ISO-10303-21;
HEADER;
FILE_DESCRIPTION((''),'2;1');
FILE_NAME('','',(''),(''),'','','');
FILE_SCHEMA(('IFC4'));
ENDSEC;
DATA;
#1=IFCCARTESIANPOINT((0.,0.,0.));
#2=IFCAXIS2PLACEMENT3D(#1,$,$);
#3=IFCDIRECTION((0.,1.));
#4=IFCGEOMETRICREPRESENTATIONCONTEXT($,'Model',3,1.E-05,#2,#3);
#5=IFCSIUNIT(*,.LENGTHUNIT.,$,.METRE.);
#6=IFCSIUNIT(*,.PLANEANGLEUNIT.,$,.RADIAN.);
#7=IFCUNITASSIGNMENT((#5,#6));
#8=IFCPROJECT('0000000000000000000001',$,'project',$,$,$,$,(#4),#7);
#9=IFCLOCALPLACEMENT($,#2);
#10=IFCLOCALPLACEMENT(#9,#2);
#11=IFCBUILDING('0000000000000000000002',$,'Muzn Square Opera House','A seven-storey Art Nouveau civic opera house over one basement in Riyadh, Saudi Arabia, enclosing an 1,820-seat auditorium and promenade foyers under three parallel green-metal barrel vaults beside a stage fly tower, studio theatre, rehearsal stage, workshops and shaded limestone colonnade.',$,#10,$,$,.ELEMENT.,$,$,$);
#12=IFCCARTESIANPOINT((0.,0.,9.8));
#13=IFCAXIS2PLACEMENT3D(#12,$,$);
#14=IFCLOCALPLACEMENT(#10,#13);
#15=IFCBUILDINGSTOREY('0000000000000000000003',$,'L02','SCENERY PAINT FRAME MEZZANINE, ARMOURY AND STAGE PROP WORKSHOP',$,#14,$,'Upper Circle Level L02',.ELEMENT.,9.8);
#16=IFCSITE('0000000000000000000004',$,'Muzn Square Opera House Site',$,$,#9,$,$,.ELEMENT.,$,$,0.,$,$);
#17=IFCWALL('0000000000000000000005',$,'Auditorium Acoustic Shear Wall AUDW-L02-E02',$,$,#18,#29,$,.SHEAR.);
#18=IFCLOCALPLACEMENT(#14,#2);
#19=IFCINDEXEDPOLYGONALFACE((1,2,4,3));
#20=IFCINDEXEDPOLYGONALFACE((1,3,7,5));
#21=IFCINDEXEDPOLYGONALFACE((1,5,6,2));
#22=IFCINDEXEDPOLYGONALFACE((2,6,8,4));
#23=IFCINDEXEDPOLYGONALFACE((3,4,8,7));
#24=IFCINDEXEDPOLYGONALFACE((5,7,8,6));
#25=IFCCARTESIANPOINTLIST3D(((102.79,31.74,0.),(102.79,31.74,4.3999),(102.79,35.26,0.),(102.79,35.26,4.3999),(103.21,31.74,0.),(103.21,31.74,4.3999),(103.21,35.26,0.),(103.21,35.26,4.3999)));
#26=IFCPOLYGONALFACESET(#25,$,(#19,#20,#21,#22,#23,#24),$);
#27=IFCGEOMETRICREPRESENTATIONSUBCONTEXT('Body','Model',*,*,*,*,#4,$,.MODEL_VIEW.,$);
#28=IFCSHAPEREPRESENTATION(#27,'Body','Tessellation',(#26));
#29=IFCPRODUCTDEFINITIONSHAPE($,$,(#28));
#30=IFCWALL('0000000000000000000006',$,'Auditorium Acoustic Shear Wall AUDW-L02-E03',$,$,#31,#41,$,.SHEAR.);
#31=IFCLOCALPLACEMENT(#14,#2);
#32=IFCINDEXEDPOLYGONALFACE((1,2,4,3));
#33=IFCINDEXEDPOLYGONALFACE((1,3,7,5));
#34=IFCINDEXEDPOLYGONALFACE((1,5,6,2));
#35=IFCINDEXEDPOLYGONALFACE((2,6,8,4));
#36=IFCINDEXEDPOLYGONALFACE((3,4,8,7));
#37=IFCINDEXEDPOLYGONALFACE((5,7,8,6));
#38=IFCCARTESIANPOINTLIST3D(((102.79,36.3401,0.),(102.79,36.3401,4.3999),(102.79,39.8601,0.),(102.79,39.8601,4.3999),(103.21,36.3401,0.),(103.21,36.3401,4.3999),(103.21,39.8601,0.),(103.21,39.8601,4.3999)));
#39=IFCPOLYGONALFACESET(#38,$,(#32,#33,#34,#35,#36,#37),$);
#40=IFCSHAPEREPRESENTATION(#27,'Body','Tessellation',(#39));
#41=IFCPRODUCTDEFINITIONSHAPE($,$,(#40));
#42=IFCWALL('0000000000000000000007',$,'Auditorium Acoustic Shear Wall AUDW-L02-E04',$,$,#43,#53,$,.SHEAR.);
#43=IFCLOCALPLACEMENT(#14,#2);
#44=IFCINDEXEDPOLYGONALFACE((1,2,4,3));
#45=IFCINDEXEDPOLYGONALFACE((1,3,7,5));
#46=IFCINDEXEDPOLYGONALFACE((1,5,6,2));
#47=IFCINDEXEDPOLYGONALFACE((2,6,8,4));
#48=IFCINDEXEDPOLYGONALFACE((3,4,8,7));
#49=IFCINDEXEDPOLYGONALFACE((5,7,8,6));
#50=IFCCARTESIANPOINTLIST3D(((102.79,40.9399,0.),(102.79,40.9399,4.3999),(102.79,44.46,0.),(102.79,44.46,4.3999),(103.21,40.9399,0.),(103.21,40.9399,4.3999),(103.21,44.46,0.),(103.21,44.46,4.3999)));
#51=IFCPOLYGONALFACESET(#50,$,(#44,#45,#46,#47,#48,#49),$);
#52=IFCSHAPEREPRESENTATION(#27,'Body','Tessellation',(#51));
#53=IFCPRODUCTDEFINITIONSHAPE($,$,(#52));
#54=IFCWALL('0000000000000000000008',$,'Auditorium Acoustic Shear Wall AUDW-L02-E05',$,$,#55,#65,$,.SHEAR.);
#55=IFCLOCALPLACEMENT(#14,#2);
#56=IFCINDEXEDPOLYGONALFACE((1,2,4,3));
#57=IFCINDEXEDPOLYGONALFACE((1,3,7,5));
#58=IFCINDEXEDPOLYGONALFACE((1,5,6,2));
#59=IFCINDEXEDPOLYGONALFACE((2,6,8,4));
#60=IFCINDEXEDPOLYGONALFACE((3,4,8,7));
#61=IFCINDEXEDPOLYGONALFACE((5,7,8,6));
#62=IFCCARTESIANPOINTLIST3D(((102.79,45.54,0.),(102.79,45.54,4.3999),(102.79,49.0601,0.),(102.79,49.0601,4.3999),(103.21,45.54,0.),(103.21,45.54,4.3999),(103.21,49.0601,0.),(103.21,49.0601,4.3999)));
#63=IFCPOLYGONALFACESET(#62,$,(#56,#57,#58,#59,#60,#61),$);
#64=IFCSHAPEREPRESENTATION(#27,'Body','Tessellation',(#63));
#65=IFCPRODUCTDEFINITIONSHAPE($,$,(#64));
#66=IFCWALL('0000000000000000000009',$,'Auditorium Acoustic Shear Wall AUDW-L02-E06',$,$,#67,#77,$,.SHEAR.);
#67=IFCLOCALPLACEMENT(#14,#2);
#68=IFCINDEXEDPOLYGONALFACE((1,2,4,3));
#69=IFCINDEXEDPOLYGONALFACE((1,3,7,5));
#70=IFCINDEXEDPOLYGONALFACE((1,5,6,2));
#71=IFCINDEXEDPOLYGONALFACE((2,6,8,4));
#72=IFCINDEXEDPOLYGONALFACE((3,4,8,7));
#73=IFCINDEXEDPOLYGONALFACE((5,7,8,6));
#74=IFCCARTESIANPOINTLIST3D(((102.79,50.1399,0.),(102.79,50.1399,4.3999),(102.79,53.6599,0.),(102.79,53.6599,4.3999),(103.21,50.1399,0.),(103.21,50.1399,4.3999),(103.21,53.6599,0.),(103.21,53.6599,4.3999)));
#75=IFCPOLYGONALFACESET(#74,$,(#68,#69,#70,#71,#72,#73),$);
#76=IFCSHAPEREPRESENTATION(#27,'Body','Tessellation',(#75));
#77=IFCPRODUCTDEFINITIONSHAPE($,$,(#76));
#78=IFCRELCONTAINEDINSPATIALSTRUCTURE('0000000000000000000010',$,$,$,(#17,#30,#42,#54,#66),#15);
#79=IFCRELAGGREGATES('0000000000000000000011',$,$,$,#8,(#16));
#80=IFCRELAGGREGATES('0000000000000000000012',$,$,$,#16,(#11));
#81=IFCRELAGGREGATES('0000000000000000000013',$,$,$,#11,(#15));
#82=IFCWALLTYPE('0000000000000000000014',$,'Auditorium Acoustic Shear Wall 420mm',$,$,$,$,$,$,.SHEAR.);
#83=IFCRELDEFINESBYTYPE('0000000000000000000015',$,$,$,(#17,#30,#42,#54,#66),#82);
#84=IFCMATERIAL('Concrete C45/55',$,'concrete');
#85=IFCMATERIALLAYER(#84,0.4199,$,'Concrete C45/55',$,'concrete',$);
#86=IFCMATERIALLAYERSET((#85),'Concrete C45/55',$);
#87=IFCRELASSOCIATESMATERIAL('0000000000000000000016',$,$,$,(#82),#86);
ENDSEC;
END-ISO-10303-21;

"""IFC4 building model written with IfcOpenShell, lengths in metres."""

from ifc_helpers import new_model, si_unit, direction, frame, frame_2d, origin, place, context, subcontext, project, spatial, rectangle, extrude, material, layer, layer_set, type_object, element, save


model = new_model("IFC4")

# Units and contexts
model_context = context("Model", 3, precision=1e-05, world=origin(), true_north=direction((0.0, 1.0)))
body_context = subcontext(model_context, "Body", "Model", "MODEL_VIEW")
ifc_project = project(units=[si_unit("LENGTHUNIT", "METRE"), si_unit("PLANEANGLEUNIT", "RADIAN")], contexts=[model_context])

# Site, building, storey
site_placement = place(None, origin())
site = spatial("IfcSite", under=ifc_project, at=site_placement, Name="Muzn Square Opera House Site", CompositionType="ELEMENT", RefElevation=0.0)
building_placement = place(site_placement, origin())
building = spatial("IfcBuilding", under=site, at=building_placement, Name="Muzn Square Opera House", Description="A seven-storey Art Nouveau civic opera house over one basement in Riyadh, Saudi Arabia, enclosing an 1,820-seat auditorium and promenade foyers under three parallel green-metal barrel vaults beside a stage fly tower, studio theatre, rehearsal stage, workshops and shaded limestone colonnade.", CompositionType="ELEMENT")
storey_placement = place(building_placement, frame((0.0, 0.0, 9.8)))
storey = spatial("IfcBuildingStorey", under=building, at=storey_placement, Name="L02", Description="SCENERY PAINT FRAME MEZZANINE, ARMOURY AND STAGE PROP WORKSHOP", LongName="Upper Circle Level L02", CompositionType="ELEMENT", Elevation=9.8)

# Shared definitions
ifc_material_1 = material(Name="Concrete C45/55", Category="concrete")

# Walls
ifc_layer_1 = layer(ifc_material_1, 0.4199, Name="Concrete C45/55", Category="concrete")
ifc_layer_set_1 = layer_set([ifc_layer_1], Name="Concrete C45/55")
wall_type_1 = type_object("IfcWallType", Name="Auditorium Acoustic Shear Wall 420mm", PredefinedType="SHEAR", material=ifc_layer_set_1)
for number, where, z_axis, x_axis, name in (
    (1, (103.0, 31.74, 0.0), (0.0, 0.0, 1.0), (0.0, 1.0, 0.0), "Auditorium Acoustic Shear Wall AUDW-L02-E02"),
    (2, (103.0, 36.3401, 0.0), (0.0, 0.0, 1.0), (0.0, 1.0, 0.0), "Auditorium Acoustic Shear Wall AUDW-L02-E03"),
    (3, (103.0, 40.9399, 0.0), (0.0, 0.0, 1.0), (0.0, 1.0, 0.0), "Auditorium Acoustic Shear Wall AUDW-L02-E04"),
    (4, (103.0, 45.54, 0.0), (0.0, 0.0, 1.0), (0.0, 1.0, 0.0), "Auditorium Acoustic Shear Wall AUDW-L02-E05"),
    (5, (103.0, 50.1399, 0.0), (0.0, 0.0, 1.0), (0.0, 1.0, 0.0), "Auditorium Acoustic Shear Wall AUDW-L02-E06"),
):
    element("IfcWall", number, at=place(storey_placement, frame(where, z_axis=z_axis, x_axis=x_axis)), inside=storey, type_object=wall_type_1, Name=name, PredefinedType="SHEAR", context=body_context, shape_type="SweptSolid", body=[
        extrude(rectangle(XDim=3.52, YDim=0.4199, at=frame_2d((1.76, 0.0))), origin(), (0.0, 0.0, 1.0), 4.3999),
    ])

save(model, "model.ifc")
